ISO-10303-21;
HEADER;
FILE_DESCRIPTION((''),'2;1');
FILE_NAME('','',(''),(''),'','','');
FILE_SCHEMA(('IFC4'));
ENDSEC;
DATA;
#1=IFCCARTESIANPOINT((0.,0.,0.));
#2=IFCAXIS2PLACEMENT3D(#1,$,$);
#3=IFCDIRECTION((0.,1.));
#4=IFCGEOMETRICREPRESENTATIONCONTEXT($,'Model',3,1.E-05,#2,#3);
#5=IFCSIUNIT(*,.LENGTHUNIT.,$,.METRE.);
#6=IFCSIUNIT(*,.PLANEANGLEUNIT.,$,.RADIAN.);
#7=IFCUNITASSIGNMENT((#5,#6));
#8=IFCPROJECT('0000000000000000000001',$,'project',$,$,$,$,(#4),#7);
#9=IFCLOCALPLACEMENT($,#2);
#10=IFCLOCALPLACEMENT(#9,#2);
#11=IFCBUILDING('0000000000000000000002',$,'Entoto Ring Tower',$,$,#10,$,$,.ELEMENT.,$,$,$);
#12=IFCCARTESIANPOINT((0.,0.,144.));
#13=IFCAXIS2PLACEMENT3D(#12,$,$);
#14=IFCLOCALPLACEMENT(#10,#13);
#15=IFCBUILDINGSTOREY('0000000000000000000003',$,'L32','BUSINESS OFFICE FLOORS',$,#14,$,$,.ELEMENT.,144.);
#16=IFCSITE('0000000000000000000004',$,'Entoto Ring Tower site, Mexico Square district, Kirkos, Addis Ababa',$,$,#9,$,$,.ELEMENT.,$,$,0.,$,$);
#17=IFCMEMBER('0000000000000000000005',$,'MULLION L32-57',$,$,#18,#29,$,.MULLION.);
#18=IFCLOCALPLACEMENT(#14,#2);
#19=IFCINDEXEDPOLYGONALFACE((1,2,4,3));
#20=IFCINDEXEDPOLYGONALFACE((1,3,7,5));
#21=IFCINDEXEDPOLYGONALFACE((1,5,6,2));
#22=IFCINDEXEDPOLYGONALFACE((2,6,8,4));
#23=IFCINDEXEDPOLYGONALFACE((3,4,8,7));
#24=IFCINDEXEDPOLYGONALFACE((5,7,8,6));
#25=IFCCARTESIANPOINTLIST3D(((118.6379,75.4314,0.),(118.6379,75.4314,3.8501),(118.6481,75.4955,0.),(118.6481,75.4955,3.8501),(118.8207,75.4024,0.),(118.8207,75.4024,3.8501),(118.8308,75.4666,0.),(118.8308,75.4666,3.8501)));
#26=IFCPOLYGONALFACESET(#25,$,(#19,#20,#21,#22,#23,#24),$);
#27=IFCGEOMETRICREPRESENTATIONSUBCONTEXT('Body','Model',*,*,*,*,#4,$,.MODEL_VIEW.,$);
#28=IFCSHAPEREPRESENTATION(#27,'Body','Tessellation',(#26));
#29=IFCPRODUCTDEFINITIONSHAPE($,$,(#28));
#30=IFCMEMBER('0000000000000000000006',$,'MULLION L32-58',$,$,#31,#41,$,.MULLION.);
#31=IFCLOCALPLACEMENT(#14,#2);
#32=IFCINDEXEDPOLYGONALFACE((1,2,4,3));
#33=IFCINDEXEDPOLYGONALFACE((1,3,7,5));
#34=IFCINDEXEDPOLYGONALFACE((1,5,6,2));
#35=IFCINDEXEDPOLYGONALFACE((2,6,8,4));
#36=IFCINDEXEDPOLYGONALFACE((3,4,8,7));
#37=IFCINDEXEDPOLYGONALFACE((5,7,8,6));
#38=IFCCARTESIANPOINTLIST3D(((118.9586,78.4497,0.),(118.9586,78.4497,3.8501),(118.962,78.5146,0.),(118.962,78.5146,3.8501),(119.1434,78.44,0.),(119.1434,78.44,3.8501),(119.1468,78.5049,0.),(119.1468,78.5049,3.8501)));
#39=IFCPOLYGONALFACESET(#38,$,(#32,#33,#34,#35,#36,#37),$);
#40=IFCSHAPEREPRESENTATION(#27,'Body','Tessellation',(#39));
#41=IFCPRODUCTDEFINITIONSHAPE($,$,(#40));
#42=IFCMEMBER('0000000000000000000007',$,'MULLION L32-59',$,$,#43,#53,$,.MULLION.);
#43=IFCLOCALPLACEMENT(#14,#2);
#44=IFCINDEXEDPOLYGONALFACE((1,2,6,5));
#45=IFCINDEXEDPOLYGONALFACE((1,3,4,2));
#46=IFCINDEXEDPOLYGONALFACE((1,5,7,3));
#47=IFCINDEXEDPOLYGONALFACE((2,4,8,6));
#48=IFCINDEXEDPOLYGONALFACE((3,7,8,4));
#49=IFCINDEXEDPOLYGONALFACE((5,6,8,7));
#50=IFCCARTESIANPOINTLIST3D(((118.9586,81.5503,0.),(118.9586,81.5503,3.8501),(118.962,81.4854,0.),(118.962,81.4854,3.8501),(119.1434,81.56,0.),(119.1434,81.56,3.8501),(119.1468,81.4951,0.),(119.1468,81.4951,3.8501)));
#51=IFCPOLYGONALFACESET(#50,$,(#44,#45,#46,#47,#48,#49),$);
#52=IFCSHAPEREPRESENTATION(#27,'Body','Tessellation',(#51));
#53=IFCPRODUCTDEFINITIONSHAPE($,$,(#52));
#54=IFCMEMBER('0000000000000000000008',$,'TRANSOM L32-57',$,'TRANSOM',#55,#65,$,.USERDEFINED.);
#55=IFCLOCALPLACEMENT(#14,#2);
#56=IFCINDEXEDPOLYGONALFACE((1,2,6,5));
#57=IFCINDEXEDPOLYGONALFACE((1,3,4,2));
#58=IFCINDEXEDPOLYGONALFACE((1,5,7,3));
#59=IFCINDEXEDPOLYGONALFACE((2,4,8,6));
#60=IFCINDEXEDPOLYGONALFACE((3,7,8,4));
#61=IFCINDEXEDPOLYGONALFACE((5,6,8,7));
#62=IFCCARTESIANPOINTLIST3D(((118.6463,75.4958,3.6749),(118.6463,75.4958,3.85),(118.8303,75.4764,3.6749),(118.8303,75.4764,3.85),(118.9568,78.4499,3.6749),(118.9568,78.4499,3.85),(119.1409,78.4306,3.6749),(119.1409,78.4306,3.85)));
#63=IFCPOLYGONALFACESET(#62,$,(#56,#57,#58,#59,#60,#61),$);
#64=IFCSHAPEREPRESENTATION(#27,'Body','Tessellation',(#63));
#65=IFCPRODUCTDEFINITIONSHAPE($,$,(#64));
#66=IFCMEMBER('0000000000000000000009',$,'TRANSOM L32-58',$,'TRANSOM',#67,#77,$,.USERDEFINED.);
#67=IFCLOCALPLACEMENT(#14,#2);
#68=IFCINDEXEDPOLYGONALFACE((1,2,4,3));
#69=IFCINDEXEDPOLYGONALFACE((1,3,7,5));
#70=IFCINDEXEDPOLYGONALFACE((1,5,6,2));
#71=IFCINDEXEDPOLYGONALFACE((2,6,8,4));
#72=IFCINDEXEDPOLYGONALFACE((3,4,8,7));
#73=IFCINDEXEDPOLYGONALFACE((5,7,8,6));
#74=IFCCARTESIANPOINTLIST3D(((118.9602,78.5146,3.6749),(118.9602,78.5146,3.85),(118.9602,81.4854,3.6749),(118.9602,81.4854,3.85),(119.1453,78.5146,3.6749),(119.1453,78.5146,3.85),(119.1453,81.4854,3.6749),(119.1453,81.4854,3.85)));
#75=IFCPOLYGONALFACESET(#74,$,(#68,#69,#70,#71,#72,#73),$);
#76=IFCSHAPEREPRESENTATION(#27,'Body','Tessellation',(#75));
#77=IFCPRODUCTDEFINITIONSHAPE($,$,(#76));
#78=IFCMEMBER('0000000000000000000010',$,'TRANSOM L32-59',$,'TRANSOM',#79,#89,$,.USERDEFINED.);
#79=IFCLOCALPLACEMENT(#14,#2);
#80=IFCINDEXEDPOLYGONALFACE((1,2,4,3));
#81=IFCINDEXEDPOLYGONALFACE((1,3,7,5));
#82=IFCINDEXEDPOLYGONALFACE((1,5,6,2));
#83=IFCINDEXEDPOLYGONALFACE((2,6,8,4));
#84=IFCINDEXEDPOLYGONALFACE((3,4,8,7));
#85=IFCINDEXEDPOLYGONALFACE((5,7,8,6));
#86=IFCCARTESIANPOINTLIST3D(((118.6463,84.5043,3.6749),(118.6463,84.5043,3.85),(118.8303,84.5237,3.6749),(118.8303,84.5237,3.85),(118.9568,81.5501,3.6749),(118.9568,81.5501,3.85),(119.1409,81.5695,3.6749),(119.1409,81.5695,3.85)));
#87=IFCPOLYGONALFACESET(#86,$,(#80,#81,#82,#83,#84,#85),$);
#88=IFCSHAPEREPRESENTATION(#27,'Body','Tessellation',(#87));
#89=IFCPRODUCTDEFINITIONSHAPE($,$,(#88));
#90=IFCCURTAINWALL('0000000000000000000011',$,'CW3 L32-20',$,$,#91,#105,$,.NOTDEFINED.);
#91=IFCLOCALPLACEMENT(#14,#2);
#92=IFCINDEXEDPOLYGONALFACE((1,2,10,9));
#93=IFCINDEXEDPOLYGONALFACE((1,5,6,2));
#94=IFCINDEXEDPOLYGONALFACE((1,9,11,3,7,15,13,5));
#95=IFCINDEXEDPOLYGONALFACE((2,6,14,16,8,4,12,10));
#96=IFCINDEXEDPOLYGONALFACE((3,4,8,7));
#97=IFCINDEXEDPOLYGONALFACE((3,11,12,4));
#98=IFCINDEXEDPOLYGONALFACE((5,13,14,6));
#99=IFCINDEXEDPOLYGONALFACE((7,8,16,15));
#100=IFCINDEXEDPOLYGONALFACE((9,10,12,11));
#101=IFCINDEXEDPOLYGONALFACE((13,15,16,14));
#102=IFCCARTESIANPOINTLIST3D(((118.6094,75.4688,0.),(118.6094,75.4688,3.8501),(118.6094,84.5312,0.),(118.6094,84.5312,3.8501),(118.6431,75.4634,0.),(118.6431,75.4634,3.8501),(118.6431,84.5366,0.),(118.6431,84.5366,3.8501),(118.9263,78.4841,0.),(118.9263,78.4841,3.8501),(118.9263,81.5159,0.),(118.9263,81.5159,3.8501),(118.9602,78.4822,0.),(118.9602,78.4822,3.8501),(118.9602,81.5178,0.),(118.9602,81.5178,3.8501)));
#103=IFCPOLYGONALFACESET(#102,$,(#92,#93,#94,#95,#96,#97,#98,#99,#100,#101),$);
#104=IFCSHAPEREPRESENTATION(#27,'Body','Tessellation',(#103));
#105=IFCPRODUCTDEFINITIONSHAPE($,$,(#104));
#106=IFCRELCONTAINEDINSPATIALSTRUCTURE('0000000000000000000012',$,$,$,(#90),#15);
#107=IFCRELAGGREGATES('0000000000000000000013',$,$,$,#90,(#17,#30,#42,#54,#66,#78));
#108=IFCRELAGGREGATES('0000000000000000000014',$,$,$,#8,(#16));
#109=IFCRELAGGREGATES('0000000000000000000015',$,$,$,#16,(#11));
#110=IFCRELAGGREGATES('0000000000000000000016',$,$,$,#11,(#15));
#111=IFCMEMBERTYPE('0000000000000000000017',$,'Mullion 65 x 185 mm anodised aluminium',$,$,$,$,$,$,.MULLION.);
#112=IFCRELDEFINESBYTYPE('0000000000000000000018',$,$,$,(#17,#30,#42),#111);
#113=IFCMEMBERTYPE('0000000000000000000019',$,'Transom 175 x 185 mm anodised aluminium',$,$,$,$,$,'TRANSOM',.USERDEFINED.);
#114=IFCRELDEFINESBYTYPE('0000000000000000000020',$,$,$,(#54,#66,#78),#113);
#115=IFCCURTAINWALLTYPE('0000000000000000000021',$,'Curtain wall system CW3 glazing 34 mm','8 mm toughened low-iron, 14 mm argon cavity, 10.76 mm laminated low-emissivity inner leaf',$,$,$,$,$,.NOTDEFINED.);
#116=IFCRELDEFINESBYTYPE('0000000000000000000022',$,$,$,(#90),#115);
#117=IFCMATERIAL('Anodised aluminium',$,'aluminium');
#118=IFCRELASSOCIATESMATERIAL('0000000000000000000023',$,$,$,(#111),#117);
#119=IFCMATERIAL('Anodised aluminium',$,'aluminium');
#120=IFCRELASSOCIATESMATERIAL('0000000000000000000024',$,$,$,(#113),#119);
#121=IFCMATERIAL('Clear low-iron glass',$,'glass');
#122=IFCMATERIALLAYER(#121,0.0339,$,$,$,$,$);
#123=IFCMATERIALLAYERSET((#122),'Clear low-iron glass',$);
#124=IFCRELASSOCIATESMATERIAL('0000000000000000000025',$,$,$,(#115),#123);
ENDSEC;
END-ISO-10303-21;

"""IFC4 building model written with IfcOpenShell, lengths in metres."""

from ifc_helpers import new_model, si_unit, direction, frame, origin, origin_2d, place, context, subcontext, project, spatial, polyline, rectangle, outline, extrude, material, layer, layer_set, material_profile, profile_set, type_object, element, aggregate, save


model = new_model("IFC4")

# Units and contexts
model_context = context("Model", 3, precision=1e-05, world=origin(), true_north=direction((0.0, 1.0)))
body_context = subcontext(model_context, "Body", "Model", "MODEL_VIEW")
ifc_project = project(units=[si_unit("LENGTHUNIT", "METRE"), si_unit("PLANEANGLEUNIT", "RADIAN")], contexts=[model_context])

# Members
ifc_material_1 = material(Name="Anodised aluminium", Category="aluminium")
ifc_material_profile_1 = material_profile(ifc_material_1, rectangle(XDim=0.0649, YDim=0.1851, at=origin_2d()), Name="Mullion 65 x 185 mm anodised aluminium")
ifc_profile_set_1 = profile_set([ifc_material_profile_1], Name="Anodised aluminium")
member_type_1 = type_object("IfcMemberType", Name="Mullion 65 x 185 mm anodised aluminium", PredefinedType="MULLION", material=ifc_profile_set_1)
site_placement = place(None, origin())
building_placement = place(site_placement, origin())
storey_placement = place(building_placement, frame((0.0, 0.0, 144.0)))
member_1_placement = place(storey_placement, frame((118.7344, 75.449, 0.0), z_axis=(0.0, 0.0, 1.0), x_axis=(0.156434, 0.987688, 0.0)))
member_1 = element("IfcMember", 1, at=member_1_placement, type_object=member_type_1, Name="MULLION L32-57", PredefinedType="MULLION", context=body_context, shape_type="SweptSolid", body=[
    extrude(rectangle(XDim=0.0649, YDim=0.1851, at=origin_2d()), origin(), (0.0, 0.0, 1.0), 3.8501),
])
member_2_placement = place(storey_placement, frame((119.0527, 78.4773, 0.0), z_axis=(0.0, 0.0, 1.0), x_axis=(0.052336, 0.99863, 0.0)))
member_2 = element("IfcMember", 2, at=member_2_placement, type_object=member_type_1, Name="MULLION L32-58", PredefinedType="MULLION", context=body_context, shape_type="SweptSolid", body=[
    extrude(rectangle(XDim=0.0649, YDim=0.1851, at=origin_2d()), origin(), (0.0, 0.0, 1.0), 3.8501),
])
member_3_placement = place(storey_placement, frame((119.0527, 81.5227, 0.0), z_axis=(0.0, 0.0, 1.0), x_axis=(-0.052336, 0.99863, 0.0)))
member_3 = element("IfcMember", 3, at=member_3_placement, type_object=member_type_1, Name="MULLION L32-59", PredefinedType="MULLION", context=body_context, shape_type="SweptSolid", body=[
    extrude(rectangle(XDim=0.0649, YDim=0.1851, at=origin_2d()), origin(), (0.0, 0.0, 1.0), 3.8501),
])
ifc_material_2 = material(Name="Anodised aluminium", Category="aluminium")
ifc_material_profile_2 = material_profile(ifc_material_2, rectangle(XDim=0.1851, YDim=0.175, at=origin_2d()), Name="Transom 175 x 185 mm anodised aluminium")
ifc_profile_set_2 = profile_set([ifc_material_profile_2], Name="Anodised aluminium")
member_type_2 = type_object("IfcMemberType", Name="Transom 175 x 185 mm anodised aluminium", ElementType="TRANSOM", PredefinedType="USERDEFINED", material=ifc_profile_set_2)
member_4_placement = place(storey_placement, frame((118.7383, 75.4861, 3.7625), z_axis=(0.104548, 0.99452, 0.0), x_axis=(-0.99452, 0.104548, 0.0)))
member_4 = element("IfcMember", 4, at=member_4_placement, type_object=member_type_2, Name="TRANSOM L32-57", ObjectType="TRANSOM", PredefinedType="USERDEFINED", context=body_context, shape_type="SweptSolid", body=[
    extrude(rectangle(XDim=0.1851, YDim=0.175, at=origin_2d()), origin(), (0.0, 0.0, 1.0), 2.9705),
])
member_5_placement = place(storey_placement, frame((119.0527, 78.5146, 3.7625), z_axis=(0.0, 1.0, 0.0), x_axis=(-1.0, 0.0, 0.0)))
member_5 = element("IfcMember", 5, at=member_5_placement, type_object=member_type_2, Name="TRANSOM L32-58", ObjectType="TRANSOM", PredefinedType="USERDEFINED", context=body_context, shape_type="SweptSolid", body=[
    extrude(rectangle(XDim=0.1851, YDim=0.175, at=origin_2d()), origin(), (0.0, 0.0, 1.0), 2.9707),
])
member_6_placement = place(storey_placement, frame((119.0488, 81.5598, 3.7625), z_axis=(-0.104548, 0.99452, 0.0), x_axis=(-0.99452, -0.104548, 0.0)))
member_6 = element("IfcMember", 6, at=member_6_placement, type_object=member_type_2, Name="TRANSOM L32-59", ObjectType="TRANSOM", PredefinedType="USERDEFINED", context=body_context, shape_type="SweptSolid", body=[
    extrude(rectangle(XDim=0.1851, YDim=0.175, at=origin_2d()), origin(), (0.0, 0.0, 1.0), 2.9705),
])

# Site, building, storey
site = spatial("IfcSite", under=ifc_project, at=site_placement, Name="Entoto Ring Tower site, Mexico Square district, Kirkos, Addis Ababa", CompositionType="ELEMENT", RefElevation=0.0)
building = spatial("IfcBuilding", under=site, at=building_placement, Name="Entoto Ring Tower", CompositionType="ELEMENT")
storey = spatial("IfcBuildingStorey", under=building, at=storey_placement, Name="L32", Description="BUSINESS OFFICE FLOORS", CompositionType="ELEMENT", Elevation=144.0)

# Curtain wall
ifc_material_3 = material(Name="Clear low-iron glass", Category="glass")
ifc_layer = layer(ifc_material_3, 0.0339)
ifc_layer_set = layer_set([ifc_layer], Name="Clear low-iron glass")
curtain_wall_type = type_object("IfcCurtainWallType", Name="Curtain wall system CW3 glazing 34 mm", Description="8 mm toughened low-iron, 14 mm argon cavity, 10.76 mm laminated low-emissivity inner leaf", PredefinedType="NOTDEFINED", material=ifc_layer_set)
curtain_wall_1_placement = place(storey_placement, origin())
curtain_wall_1 = element("IfcCurtainWall", 7, at=curtain_wall_1_placement, inside=storey, type_object=curtain_wall_type, Name="CW3 L32-20", PredefinedType="NOTDEFINED", context=body_context, shape_type="SweptSolid", body=[
    extrude(outline(polyline([(118.6431, 75.4634), (118.9602, 78.4822), (118.9602, 81.5178), (118.6431, 84.5366), (118.6094, 84.5312), (118.9263, 81.5159), (118.9263, 78.4841), (118.6094, 75.4688), (118.6431, 75.4634)])), origin(), (0.0, 0.0, 1.0), 3.8501),
])
aggregate(curtain_wall_1, [member_1, member_2, member_3, member_4, member_5, member_6])

save(model, "model.ifc")
